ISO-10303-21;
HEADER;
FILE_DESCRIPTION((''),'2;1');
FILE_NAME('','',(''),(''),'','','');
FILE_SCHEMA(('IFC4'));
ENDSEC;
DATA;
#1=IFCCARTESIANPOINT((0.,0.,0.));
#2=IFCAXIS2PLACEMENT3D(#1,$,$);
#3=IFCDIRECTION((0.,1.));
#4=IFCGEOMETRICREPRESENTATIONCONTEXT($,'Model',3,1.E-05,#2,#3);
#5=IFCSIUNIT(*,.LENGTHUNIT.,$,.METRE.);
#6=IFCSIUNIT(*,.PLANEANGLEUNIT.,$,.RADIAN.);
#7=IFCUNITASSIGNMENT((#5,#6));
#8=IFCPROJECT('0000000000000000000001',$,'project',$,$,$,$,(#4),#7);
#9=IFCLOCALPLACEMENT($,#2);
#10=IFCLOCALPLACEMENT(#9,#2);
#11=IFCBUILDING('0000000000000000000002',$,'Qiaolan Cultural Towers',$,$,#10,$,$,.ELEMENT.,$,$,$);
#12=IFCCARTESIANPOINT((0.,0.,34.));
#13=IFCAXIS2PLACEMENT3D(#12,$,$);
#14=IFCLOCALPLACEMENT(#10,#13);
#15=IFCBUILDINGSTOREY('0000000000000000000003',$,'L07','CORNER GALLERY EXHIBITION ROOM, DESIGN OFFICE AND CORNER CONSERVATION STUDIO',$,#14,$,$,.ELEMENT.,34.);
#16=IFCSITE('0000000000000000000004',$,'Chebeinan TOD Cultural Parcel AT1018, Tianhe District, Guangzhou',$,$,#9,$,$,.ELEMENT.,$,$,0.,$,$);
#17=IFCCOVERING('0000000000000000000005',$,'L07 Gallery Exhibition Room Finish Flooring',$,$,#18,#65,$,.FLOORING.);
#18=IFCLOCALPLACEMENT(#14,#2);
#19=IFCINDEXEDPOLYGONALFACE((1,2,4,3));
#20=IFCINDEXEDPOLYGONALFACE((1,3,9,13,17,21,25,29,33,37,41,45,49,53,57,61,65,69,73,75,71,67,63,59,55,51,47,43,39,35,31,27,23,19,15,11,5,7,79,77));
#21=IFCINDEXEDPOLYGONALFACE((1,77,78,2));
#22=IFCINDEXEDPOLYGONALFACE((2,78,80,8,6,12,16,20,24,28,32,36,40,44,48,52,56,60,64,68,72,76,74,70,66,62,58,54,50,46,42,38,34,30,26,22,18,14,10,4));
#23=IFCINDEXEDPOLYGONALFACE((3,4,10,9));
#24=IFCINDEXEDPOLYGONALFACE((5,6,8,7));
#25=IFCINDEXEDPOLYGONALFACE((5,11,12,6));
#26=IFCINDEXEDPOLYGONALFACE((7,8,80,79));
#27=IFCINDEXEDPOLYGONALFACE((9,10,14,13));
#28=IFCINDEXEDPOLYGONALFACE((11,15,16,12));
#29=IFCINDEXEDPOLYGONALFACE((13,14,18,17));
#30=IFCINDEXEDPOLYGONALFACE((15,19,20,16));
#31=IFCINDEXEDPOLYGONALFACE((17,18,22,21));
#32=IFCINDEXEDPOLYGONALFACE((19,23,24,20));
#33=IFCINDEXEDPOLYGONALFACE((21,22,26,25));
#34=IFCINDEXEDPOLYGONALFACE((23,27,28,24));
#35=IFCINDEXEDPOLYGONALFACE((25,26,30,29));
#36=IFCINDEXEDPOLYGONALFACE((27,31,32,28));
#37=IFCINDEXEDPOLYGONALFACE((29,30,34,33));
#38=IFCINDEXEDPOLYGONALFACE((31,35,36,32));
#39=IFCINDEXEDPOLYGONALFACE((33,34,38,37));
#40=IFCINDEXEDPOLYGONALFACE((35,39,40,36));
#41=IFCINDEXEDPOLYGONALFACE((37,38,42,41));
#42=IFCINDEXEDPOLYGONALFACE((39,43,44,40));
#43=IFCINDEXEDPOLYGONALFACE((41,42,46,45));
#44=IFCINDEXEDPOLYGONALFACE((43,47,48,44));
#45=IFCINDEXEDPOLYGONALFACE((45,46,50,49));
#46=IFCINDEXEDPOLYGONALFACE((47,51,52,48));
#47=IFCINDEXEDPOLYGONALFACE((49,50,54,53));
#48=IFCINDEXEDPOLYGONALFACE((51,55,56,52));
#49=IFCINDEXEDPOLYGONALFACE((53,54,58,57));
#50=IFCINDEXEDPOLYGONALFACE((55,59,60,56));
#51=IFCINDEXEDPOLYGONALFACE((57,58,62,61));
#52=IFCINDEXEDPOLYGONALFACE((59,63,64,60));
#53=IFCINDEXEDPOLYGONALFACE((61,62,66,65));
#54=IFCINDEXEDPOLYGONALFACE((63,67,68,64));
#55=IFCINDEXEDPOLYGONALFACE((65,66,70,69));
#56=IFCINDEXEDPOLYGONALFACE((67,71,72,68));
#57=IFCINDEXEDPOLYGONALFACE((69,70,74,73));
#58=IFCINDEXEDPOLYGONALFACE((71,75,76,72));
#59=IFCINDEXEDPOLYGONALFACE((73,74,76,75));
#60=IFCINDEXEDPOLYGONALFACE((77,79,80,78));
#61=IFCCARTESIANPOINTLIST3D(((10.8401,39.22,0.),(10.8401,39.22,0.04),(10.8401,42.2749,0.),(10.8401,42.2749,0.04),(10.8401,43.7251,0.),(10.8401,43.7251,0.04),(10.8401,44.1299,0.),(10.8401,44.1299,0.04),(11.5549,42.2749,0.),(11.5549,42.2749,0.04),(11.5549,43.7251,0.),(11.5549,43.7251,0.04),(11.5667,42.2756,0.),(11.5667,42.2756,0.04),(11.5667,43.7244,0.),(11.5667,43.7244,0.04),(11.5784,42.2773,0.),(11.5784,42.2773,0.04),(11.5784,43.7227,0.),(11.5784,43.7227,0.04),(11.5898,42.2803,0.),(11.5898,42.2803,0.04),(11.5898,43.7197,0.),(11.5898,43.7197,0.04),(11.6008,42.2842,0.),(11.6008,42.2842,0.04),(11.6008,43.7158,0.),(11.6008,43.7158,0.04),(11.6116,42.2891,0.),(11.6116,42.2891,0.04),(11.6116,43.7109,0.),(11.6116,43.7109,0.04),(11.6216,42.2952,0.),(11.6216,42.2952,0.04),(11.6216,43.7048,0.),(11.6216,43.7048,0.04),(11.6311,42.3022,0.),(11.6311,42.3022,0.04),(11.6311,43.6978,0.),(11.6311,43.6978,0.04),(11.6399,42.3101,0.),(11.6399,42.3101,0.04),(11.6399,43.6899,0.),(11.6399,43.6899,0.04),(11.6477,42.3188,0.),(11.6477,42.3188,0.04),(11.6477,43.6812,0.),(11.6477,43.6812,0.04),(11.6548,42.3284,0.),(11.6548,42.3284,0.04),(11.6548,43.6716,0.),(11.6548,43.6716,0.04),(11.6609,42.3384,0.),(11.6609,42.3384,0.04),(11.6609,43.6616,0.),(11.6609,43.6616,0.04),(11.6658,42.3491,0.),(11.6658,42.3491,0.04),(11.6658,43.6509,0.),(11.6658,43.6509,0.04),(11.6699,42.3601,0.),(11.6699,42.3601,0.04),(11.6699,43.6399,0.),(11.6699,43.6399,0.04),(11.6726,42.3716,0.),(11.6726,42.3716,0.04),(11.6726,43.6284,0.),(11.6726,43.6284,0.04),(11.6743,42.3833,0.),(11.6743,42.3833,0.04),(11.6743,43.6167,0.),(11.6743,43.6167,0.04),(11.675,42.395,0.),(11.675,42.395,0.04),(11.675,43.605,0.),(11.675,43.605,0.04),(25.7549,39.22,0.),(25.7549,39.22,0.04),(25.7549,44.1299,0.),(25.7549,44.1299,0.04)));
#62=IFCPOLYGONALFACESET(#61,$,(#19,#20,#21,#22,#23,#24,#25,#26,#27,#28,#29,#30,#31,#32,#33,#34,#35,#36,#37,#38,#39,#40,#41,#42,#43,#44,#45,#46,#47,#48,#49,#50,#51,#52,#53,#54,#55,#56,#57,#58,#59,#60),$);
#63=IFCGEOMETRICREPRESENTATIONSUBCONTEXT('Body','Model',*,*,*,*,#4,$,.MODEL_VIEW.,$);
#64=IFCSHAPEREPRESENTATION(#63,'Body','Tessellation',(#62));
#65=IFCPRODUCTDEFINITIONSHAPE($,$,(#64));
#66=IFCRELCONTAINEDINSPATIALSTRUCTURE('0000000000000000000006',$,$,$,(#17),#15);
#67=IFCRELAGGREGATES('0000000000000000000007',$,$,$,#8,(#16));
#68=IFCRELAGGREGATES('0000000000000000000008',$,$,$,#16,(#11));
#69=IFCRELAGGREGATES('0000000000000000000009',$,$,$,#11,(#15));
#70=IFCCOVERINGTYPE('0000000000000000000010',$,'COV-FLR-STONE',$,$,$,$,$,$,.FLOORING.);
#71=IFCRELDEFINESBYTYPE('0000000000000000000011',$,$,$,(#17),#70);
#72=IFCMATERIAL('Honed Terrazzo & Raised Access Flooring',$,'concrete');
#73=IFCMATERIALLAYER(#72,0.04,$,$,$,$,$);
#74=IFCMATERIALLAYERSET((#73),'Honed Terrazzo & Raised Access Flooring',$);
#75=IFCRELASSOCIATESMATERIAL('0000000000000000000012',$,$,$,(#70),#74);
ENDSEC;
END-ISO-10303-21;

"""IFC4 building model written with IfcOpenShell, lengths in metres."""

from ifc_helpers import new_model, si_unit, direction, frame, origin, place, context, subcontext, project, spatial, polyline, outline, extrude, material, layer, layer_set, type_object, element, save


model = new_model("IFC4")

# Units and contexts
model_context = context("Model", 3, precision=1e-05, world=origin(), true_north=direction((0.0, 1.0)))
body_context = subcontext(model_context, "Body", "Model", "MODEL_VIEW")
ifc_project = project(units=[si_unit("LENGTHUNIT", "METRE"), si_unit("PLANEANGLEUNIT", "RADIAN")], contexts=[model_context])

# Site, building, storey
site_placement = place(None, origin())
site = spatial("IfcSite", under=ifc_project, at=site_placement, Name="Chebeinan TOD Cultural Parcel AT1018, Tianhe District, Guangzhou", CompositionType="ELEMENT", RefElevation=0.0)
building_placement = place(site_placement, origin())
building = spatial("IfcBuilding", under=site, at=building_placement, Name="Qiaolan Cultural Towers", CompositionType="ELEMENT")
storey_placement = place(building_placement, frame((0.0, 0.0, 34.0)))
storey = spatial("IfcBuildingStorey", under=building, at=storey_placement, Name="L07", Description="CORNER GALLERY EXHIBITION ROOM, DESIGN OFFICE AND CORNER CONSERVATION STUDIO", CompositionType="ELEMENT", Elevation=34.0)

# Covering
ifc_material_1 = material(Name="Honed Terrazzo & Raised Access Flooring", Category="concrete")
ifc_layer_1 = layer(ifc_material_1, 0.04)
ifc_layer_set_1 = layer_set([ifc_layer_1], Name="Honed Terrazzo & Raised Access Flooring")
covering_type = type_object("IfcCoveringType", Name="COV-FLR-STONE", PredefinedType="FLOORING", material=ifc_layer_set_1)
covering_1_placement = place(storey_placement, origin())
element("IfcCovering", 1, at=covering_1_placement, inside=storey, type_object=covering_type, Name="L07 Gallery Exhibition Room Finish Flooring", PredefinedType="FLOORING", context=body_context, shape_type="SweptSolid", body=[
    extrude(outline(polyline([(10.8401, 43.7251), (11.5549, 43.7251), (11.5667, 43.7244), (11.5784, 43.7227), (11.5898, 43.7197), (11.6008, 43.7158), (11.6116, 43.7109), (11.6216, 43.7048), (11.6311, 43.6978), (11.6399, 43.6899), (11.6477, 43.6812), (11.6548, 43.6716), (11.6609, 43.6616), (11.6658, 43.6509), (11.6699, 43.6399), (11.6726, 43.6284), (11.6743, 43.6167), (11.675, 43.605), (11.675, 42.395), (11.6743, 42.3833), (11.6726, 42.3716), (11.6699, 42.3601), (11.6658, 42.3491), (11.6609, 42.3384), (11.6548, 42.3284), (11.6477, 42.3188), (11.6399, 42.3101), (11.6311, 42.3022), (11.6216, 42.2952), (11.6116, 42.2891), (11.6008, 42.2842), (11.5898, 42.2803), (11.5784, 42.2773), (11.5667, 42.2756), (11.5549, 42.2749), (10.8401, 42.2749), (10.8401, 39.22), (25.7549, 39.22), (25.7549, 44.1299), (10.8401, 44.1299), (10.8401, 43.7251)])), origin(), (0.0, 0.0, 1.0), 0.04),
])

save(model, "model.ifc")
